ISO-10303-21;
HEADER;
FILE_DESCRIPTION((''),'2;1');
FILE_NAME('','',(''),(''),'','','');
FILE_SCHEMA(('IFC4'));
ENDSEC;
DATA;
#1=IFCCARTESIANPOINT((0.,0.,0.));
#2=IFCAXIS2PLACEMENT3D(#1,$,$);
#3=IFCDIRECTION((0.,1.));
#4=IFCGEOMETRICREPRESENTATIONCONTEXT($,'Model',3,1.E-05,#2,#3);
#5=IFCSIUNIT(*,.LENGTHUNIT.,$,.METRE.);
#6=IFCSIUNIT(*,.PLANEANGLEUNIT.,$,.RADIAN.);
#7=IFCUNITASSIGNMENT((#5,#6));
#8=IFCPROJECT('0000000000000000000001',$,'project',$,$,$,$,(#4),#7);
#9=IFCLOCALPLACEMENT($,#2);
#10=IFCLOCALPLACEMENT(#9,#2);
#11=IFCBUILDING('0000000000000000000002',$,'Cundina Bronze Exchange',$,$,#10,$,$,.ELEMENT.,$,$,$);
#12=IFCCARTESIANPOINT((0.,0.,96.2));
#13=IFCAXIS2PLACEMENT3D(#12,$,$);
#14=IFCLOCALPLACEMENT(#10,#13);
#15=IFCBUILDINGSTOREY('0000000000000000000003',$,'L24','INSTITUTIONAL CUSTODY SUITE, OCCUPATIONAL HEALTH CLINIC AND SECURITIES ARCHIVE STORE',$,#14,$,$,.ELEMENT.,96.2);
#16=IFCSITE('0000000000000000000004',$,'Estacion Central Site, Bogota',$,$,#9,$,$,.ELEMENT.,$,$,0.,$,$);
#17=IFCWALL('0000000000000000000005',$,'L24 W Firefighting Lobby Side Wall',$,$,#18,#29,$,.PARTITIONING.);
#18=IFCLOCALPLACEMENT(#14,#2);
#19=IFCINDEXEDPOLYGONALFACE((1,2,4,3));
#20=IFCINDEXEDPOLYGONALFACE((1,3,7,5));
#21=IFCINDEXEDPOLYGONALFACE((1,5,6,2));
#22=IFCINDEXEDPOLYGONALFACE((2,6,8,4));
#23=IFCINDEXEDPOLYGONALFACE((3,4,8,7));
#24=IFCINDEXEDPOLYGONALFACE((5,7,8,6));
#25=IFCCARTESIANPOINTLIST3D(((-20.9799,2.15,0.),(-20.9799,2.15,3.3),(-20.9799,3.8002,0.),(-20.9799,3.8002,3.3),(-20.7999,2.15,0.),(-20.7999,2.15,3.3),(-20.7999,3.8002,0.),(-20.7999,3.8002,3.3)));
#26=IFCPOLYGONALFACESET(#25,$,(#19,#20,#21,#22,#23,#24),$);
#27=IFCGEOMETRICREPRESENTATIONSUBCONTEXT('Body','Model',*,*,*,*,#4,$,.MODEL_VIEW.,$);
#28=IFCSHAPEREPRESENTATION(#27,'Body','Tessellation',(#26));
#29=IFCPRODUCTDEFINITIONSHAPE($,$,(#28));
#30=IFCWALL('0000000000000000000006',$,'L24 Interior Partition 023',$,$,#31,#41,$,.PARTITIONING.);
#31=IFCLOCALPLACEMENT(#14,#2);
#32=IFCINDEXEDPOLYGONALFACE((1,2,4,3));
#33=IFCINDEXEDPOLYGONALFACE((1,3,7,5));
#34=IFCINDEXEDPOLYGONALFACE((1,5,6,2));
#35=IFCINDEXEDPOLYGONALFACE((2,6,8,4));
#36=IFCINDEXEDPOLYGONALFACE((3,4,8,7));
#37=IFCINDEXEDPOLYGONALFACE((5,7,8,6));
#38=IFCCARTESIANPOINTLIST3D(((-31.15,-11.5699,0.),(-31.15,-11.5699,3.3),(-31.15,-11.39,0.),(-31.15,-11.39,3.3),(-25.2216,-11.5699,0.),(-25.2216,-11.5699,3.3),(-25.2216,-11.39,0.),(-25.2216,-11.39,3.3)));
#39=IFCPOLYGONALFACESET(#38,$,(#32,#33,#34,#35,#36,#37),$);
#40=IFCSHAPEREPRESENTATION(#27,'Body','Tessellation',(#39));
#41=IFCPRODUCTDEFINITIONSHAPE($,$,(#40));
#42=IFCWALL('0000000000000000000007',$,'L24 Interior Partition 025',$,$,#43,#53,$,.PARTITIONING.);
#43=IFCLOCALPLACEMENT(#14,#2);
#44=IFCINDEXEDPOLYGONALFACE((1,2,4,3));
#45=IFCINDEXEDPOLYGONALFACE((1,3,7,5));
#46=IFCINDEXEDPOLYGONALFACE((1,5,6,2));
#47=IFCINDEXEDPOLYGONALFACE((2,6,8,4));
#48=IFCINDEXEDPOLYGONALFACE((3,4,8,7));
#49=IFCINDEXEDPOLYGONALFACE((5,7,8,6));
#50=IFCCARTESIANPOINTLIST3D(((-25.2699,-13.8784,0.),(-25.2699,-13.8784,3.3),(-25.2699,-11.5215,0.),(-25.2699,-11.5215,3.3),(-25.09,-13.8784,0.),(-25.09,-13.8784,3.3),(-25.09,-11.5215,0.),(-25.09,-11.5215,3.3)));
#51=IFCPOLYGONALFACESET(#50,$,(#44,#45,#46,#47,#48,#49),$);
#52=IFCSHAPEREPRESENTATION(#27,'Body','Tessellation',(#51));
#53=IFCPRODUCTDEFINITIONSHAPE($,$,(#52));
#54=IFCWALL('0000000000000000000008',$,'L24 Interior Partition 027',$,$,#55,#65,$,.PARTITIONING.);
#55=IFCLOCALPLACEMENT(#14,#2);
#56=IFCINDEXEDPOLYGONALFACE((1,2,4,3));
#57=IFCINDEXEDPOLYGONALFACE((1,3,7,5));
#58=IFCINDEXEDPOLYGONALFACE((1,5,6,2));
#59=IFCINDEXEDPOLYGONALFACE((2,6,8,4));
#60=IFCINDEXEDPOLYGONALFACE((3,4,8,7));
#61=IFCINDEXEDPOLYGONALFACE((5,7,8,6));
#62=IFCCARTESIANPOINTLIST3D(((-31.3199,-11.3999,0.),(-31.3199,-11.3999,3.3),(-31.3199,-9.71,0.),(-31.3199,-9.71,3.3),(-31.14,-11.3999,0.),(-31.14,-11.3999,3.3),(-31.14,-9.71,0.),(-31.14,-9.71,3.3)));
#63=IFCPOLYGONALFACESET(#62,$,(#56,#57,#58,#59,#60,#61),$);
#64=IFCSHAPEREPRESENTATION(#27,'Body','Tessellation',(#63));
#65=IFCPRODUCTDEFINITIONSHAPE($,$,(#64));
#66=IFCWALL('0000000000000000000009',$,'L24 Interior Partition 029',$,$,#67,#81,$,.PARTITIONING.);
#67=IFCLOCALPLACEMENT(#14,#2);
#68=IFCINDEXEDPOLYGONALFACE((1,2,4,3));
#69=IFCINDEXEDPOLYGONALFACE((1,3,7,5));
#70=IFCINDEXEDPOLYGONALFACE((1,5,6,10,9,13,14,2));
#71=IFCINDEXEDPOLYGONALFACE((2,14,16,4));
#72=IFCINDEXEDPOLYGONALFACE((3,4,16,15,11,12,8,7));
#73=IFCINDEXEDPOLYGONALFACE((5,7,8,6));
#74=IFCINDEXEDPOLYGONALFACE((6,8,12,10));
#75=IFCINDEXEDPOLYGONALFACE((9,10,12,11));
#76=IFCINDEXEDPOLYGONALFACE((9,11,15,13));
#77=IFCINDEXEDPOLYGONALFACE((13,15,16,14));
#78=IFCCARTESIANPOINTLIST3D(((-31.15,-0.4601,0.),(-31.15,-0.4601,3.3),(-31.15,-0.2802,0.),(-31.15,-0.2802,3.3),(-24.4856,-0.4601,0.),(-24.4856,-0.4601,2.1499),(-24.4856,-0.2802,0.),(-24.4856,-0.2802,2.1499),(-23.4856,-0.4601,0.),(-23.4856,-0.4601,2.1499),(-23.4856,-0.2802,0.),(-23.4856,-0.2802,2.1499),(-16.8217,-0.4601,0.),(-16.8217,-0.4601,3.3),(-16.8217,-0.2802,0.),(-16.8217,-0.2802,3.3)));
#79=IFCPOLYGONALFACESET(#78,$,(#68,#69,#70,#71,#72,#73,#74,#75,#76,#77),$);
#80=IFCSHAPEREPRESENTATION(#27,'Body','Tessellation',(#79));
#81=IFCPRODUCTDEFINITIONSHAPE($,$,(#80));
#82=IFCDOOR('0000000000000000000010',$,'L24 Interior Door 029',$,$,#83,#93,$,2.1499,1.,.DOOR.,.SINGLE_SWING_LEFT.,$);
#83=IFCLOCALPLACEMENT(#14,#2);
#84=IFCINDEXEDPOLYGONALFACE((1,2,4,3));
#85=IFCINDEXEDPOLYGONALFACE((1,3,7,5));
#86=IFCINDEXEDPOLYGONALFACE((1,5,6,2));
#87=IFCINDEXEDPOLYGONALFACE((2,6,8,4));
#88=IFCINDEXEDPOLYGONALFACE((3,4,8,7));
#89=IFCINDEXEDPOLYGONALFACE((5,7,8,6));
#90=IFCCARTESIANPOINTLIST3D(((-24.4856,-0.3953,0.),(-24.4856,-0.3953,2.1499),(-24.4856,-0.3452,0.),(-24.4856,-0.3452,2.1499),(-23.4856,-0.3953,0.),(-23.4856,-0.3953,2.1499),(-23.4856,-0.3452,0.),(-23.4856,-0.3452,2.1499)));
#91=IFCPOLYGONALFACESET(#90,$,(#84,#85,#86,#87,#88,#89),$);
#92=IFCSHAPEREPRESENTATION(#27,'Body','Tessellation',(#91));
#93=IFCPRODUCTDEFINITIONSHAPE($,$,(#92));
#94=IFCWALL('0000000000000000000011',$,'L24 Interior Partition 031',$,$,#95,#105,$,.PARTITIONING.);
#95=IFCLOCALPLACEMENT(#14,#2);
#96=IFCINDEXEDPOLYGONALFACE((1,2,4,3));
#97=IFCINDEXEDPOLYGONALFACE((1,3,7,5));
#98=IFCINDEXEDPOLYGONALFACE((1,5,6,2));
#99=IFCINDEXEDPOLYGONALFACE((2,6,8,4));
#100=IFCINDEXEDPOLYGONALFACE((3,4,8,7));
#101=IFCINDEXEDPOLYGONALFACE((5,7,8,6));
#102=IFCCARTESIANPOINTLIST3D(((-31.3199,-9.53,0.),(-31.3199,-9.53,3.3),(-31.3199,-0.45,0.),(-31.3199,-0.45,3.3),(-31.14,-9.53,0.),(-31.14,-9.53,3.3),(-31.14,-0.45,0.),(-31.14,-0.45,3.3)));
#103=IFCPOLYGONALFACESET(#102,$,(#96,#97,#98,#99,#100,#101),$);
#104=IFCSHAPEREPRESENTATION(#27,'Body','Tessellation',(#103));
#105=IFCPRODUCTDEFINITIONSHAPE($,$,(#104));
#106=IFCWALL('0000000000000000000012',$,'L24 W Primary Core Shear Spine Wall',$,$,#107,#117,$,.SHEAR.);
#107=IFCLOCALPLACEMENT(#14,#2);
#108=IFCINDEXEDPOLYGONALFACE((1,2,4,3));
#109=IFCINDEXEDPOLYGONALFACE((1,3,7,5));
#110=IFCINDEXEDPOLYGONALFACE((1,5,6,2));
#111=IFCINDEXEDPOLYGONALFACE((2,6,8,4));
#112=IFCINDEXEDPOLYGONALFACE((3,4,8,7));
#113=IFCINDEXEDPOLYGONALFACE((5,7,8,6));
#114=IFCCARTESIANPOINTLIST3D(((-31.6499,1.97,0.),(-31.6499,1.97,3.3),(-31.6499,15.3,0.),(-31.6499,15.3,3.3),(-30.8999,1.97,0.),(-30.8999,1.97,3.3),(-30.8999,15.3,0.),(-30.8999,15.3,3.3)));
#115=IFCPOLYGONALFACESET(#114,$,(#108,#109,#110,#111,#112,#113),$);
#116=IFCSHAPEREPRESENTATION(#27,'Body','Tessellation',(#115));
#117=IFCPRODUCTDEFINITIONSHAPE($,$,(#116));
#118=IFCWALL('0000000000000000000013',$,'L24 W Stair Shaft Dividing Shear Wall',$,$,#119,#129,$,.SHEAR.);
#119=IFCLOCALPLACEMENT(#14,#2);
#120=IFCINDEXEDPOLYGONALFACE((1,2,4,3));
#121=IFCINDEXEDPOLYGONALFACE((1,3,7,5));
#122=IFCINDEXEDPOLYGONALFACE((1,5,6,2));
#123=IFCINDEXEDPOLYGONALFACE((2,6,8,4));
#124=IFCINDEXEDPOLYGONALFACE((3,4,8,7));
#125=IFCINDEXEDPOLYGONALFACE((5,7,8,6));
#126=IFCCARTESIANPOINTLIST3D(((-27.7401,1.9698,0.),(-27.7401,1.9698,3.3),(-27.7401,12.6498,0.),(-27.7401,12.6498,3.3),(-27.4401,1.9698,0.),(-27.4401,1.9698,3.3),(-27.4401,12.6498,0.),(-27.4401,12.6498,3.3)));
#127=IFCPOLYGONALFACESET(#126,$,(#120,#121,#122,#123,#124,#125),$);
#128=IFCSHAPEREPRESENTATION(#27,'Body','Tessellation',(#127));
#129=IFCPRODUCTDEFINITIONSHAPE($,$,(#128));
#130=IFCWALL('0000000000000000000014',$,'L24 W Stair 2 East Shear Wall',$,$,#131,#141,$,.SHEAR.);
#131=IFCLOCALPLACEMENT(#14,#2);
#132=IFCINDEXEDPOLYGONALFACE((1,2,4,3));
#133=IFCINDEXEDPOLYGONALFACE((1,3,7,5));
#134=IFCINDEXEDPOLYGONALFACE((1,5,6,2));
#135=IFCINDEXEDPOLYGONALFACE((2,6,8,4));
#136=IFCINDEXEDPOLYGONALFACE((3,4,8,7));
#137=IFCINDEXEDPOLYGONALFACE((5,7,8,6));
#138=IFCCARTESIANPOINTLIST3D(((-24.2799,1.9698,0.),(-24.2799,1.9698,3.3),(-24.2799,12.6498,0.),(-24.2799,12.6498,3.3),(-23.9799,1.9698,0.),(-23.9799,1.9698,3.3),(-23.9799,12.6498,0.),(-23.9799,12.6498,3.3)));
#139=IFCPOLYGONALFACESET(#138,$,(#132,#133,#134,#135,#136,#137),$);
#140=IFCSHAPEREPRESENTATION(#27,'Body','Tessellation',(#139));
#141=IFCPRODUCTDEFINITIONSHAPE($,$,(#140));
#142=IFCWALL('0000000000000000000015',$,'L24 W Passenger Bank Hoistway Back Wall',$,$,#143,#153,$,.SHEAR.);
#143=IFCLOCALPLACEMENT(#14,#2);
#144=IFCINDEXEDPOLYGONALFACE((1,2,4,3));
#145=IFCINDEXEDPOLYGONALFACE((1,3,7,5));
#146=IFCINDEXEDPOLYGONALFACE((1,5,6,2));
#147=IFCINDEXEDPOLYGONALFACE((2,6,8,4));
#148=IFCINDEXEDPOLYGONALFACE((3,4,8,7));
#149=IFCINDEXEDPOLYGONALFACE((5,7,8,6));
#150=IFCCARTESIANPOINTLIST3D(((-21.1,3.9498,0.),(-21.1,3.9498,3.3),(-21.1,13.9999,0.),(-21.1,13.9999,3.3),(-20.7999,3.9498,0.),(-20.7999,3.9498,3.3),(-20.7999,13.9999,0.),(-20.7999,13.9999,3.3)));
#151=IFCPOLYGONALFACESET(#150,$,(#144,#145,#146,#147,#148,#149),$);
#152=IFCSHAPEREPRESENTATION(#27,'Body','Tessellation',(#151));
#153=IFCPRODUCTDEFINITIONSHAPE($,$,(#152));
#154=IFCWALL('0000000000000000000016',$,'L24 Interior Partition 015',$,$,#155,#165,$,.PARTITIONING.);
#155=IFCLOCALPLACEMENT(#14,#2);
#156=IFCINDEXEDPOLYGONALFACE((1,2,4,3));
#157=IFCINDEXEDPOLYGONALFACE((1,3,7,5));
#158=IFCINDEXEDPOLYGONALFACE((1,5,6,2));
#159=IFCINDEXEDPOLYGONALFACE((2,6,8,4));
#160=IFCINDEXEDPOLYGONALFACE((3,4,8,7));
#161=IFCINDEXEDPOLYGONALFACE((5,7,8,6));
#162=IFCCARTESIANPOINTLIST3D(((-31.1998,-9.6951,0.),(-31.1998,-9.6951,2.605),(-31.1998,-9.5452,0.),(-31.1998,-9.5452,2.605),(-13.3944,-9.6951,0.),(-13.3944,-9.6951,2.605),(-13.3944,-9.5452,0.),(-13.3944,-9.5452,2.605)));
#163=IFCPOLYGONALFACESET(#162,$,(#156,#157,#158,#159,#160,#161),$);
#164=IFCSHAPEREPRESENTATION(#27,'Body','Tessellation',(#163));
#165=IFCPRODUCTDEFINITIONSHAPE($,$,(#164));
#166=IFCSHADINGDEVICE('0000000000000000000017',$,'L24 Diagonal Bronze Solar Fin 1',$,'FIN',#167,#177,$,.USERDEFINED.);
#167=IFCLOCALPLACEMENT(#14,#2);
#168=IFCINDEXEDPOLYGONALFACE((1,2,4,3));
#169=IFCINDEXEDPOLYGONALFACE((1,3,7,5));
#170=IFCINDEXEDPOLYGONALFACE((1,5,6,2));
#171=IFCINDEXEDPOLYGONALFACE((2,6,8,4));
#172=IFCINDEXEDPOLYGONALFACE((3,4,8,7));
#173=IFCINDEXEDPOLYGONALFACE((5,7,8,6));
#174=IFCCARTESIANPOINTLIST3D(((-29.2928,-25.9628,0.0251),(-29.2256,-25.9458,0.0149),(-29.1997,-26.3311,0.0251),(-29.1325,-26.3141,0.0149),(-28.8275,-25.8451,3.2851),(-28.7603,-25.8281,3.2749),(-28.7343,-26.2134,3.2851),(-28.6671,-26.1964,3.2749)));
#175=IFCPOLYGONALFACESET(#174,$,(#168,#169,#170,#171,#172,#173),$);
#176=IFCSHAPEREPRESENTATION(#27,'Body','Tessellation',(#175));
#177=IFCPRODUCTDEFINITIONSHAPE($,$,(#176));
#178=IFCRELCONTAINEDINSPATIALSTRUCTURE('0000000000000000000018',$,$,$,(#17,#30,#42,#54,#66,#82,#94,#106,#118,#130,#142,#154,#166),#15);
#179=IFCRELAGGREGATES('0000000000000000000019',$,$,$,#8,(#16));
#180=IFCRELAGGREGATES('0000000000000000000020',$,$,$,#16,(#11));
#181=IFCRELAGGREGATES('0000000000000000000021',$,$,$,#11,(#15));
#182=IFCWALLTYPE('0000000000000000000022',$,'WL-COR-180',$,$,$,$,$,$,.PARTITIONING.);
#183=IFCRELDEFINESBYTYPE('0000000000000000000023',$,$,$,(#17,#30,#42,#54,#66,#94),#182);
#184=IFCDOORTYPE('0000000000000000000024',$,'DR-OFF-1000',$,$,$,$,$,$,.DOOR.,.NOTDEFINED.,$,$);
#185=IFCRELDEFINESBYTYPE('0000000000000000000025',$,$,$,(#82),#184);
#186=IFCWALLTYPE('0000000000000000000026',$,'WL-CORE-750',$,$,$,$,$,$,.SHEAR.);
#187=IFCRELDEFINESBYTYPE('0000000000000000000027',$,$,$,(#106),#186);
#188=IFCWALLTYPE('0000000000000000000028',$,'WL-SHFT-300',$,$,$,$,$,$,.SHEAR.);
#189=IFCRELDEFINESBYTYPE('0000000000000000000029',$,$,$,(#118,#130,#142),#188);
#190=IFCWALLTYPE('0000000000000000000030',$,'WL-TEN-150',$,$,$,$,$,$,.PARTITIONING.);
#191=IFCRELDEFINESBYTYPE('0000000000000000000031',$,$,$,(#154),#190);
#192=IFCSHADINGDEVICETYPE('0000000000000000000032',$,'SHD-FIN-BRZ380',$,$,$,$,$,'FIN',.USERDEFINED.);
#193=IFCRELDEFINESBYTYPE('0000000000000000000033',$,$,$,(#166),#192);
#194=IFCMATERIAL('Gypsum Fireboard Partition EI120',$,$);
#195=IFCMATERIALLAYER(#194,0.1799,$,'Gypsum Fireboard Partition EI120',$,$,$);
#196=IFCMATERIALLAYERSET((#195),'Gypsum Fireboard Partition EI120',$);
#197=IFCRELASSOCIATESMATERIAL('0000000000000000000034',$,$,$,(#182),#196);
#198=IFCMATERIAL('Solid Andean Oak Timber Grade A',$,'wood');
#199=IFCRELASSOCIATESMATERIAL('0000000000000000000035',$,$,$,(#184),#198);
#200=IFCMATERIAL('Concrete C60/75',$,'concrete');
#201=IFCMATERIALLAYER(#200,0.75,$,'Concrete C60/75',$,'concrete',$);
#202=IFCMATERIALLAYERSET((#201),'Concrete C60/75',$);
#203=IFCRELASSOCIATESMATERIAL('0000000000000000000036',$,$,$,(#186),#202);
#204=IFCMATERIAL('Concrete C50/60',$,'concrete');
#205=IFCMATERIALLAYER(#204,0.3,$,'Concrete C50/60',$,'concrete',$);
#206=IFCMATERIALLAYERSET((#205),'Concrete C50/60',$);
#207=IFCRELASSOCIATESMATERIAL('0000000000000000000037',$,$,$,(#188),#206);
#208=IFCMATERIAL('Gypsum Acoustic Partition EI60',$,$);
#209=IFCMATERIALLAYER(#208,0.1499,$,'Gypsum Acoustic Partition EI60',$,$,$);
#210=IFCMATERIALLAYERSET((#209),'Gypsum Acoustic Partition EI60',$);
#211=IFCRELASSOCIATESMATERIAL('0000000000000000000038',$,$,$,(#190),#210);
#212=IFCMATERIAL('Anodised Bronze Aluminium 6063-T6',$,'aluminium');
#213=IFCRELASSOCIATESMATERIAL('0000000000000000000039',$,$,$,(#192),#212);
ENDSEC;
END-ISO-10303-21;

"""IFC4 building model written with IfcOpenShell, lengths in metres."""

from ifc_helpers import new_model, si_unit, direction, frame, frame_2d, origin, origin_2d, place, context, subcontext, project, spatial, rectangle, extrude, material, layer, layer_set, material_profile, profile_set, type_object, element, fill, save


model = new_model("IFC4")

# Units and contexts
model_context = context("Model", 3, precision=1e-05, world=origin(), true_north=direction((0.0, 1.0)))
body_context = subcontext(model_context, "Body", "Model", "MODEL_VIEW")
ifc_project = project(units=[si_unit("LENGTHUNIT", "METRE"), si_unit("PLANEANGLEUNIT", "RADIAN")], contexts=[model_context])

# Site, building, storey
site_placement = place(None, origin())
site = spatial("IfcSite", under=ifc_project, at=site_placement, Name="Estacion Central Site, Bogota", CompositionType="ELEMENT", RefElevation=0.0)
building_placement = place(site_placement, origin())
building = spatial("IfcBuilding", under=site, at=building_placement, Name="Cundina Bronze Exchange", CompositionType="ELEMENT")
storey_placement = place(building_placement, frame((0.0, 0.0, 96.2)))
storey = spatial("IfcBuildingStorey", under=building, at=storey_placement, Name="L24", Description="INSTITUTIONAL CUSTODY SUITE, OCCUPATIONAL HEALTH CLINIC AND SECURITIES ARCHIVE STORE", CompositionType="ELEMENT", Elevation=96.2)

# Shared definitions
ifc_material_1 = material(Name="Concrete C60/75", Category="concrete")

# Shared definitions
ifc_material_2 = material(Name="Anodised Bronze Aluminium 6063-T6", Category="aluminium")

# Wall
ifc_material_3 = material(Name="Gypsum Fireboard Partition EI120")
ifc_layer_1 = layer(ifc_material_3, 0.1799, Name="Gypsum Fireboard Partition EI120")
ifc_layer_set_1 = layer_set([ifc_layer_1], Name="Gypsum Fireboard Partition EI120")
wall_type_1 = type_object("IfcWallType", Name="WL-COR-180", PredefinedType="PARTITIONING", material=ifc_layer_set_1)
wall_1_placement = place(storey_placement, frame((-20.8899, 2.1499, 0.0), z_axis=(0.0, 0.0, 1.0), x_axis=(0.0, 1.0, 0.0)))
element("IfcWall", 1, at=wall_1_placement, inside=storey, type_object=wall_type_1, Name="L24 W Firefighting Lobby Side Wall", PredefinedType="PARTITIONING", context=body_context, shape_type="SweptSolid", body=[
    extrude(rectangle(XDim=1.6501, YDim=0.1799, at=frame_2d((0.8252, 0.0))), origin(), (0.0, 0.0, 1.0), 3.3),
])

# Walls
wall_2_placement = place(storey_placement, frame((-25.2214, -11.48, 0.0), z_axis=(0.0, 0.0, 1.0), x_axis=(-1.0, 0.0, 0.0)))
element("IfcWall", 2, at=wall_2_placement, inside=storey, type_object=wall_type_1, Name="L24 Interior Partition 023", PredefinedType="PARTITIONING", context=body_context, shape_type="SweptSolid", body=[
    extrude(rectangle(XDim=5.9285, YDim=0.1799, at=frame_2d((2.9644, 0.0))), origin(), (0.0, 0.0, 1.0), 3.3),
])
wall_3_placement = place(storey_placement, frame((-25.1799, -13.8784, 0.0), z_axis=(0.0, 0.0, 1.0), x_axis=(0.0, 1.0, 0.0)))
element("IfcWall", 3, at=wall_3_placement, inside=storey, type_object=wall_type_1, Name="L24 Interior Partition 025", PredefinedType="PARTITIONING", context=body_context, shape_type="SweptSolid", body=[
    extrude(rectangle(XDim=2.3569, YDim=0.1799, at=frame_2d((1.1785, 0.0))), origin(), (0.0, 0.0, 1.0), 3.3),
])
wall_4_placement = place(storey_placement, frame((-31.23, -11.3999, 0.0), z_axis=(0.0, 0.0, 1.0), x_axis=(0.0, 1.0, 0.0)))
element("IfcWall", 4, at=wall_4_placement, inside=storey, type_object=wall_type_1, Name="L24 Interior Partition 027", PredefinedType="PARTITIONING", context=body_context, shape_type="SweptSolid", body=[
    extrude(rectangle(XDim=1.6899, YDim=0.1799, at=frame_2d((0.845, 0.0))), origin(), (0.0, 0.0, 1.0), 3.3),
])

# Wall, opening, door
wall_5_placement = place(storey_placement, frame((-31.1499, -0.3701, 0.0), z_axis=(0.0, 0.0, 1.0), x_axis=(1.0, 0.0, 0.0)))
wall_5 = element("IfcWall", 5, at=wall_5_placement, inside=storey, type_object=wall_type_1, Name="L24 Interior Partition 029", PredefinedType="PARTITIONING", context=body_context, shape_type="SweptSolid", body=[
    extrude(rectangle(XDim=14.3284, YDim=0.1799, at=frame_2d((7.1641, 0.0))), origin(), (0.0, 0.0, 1.0), 3.3),
])
opening_1_placement = place(wall_5_placement, frame((6.6643, 0.0, 0.0)))
opening_1 = element("IfcOpeningElement", 6, at=opening_1_placement, cuts=wall_5, PredefinedType="OPENING", context=body_context, shape_type="SweptSolid", body=[
    extrude(rectangle(XDim=1.0, YDim=2.1499, at=frame_2d((0.5, 1.075))), frame((0.0, 0.0999, 0.0), z_axis=(0.0, -1.0, 0.0), x_axis=(1.0, 0.0, 0.0)), (0.0, 0.0, 1.0), 0.2),
])
ifc_material_4 = material(Name="Solid Andean Oak Timber Grade A", Category="wood")
door_type_1 = type_object("IfcDoorType", Name="DR-OFF-1000", OperationType="NOTDEFINED", PredefinedType="DOOR", material=ifc_material_4)
door_1_placement = place(opening_1_placement, origin())
door_1 = element("IfcDoor", 7, at=door_1_placement, inside=storey, type_object=door_type_1, Name="L24 Interior Door 029", OperationType="SINGLE_SWING_LEFT", OverallHeight=2.1499, OverallWidth=1.0, PredefinedType="DOOR", context=body_context, shape_type="SweptSolid", body=[
    extrude(rectangle(XDim=1.0, YDim=2.1499, at=frame_2d((0.5, 1.075))), frame((0.0, 0.0249, 0.0), z_axis=(0.0, -1.0, 0.0), x_axis=(1.0, 0.0, 0.0)), (0.0, 0.0, 1.0), 0.05),
])
fill(opening_1, door_1)

# Walls
wall_6_placement = place(storey_placement, frame((-31.23, -9.53, 0.0), z_axis=(0.0, 0.0, 1.0), x_axis=(0.0, 1.0, 0.0)))
element("IfcWall", 8, at=wall_6_placement, inside=storey, type_object=wall_type_1, Name="L24 Interior Partition 031", PredefinedType="PARTITIONING", context=body_context, shape_type="SweptSolid", body=[
    extrude(rectangle(XDim=9.0801, YDim=0.1799, at=frame_2d((4.54, 0.0))), origin(), (0.0, 0.0, 1.0), 3.3),
])
ifc_layer_2 = layer(ifc_material_1, 0.75, Name="Concrete C60/75", Category="concrete")
ifc_layer_set_2 = layer_set([ifc_layer_2], Name="Concrete C60/75")
wall_type_2 = type_object("IfcWallType", Name="WL-CORE-750", PredefinedType="SHEAR", material=ifc_layer_set_2)
wall_7_placement = place(storey_placement, frame((-31.2749, 1.97, 0.0), z_axis=(0.0, 0.0, 1.0), x_axis=(0.0, 1.0, 0.0)))
element("IfcWall", 9, at=wall_7_placement, inside=storey, type_object=wall_type_2, Name="L24 W Primary Core Shear Spine Wall", PredefinedType="SHEAR", context=body_context, shape_type="SweptSolid", body=[
    extrude(rectangle(XDim=13.3301, YDim=0.75, at=frame_2d((6.665, 0.0))), origin(), (0.0, 0.0, 1.0), 3.3),
])
ifc_material_5 = material(Name="Concrete C50/60", Category="concrete")
ifc_layer_3 = layer(ifc_material_5, 0.3, Name="Concrete C50/60", Category="concrete")
ifc_layer_set_3 = layer_set([ifc_layer_3], Name="Concrete C50/60")
wall_type_3 = type_object("IfcWallType", Name="WL-SHFT-300", PredefinedType="SHEAR", material=ifc_layer_set_3)
for number, where, z_axis, x_axis, name in (
    (10, (-27.5901, 1.97, 0.0), (0.0, 0.0, 1.0), (0.0, 1.0, 0.0), "L24 W Stair Shaft Dividing Shear Wall"),
    (11, (-24.1299, 1.97, 0.0), (0.0, 0.0, 1.0), (0.0, 1.0, 0.0), "L24 W Stair 2 East Shear Wall"),
):
    element("IfcWall", number, at=place(storey_placement, frame(where, z_axis=z_axis, x_axis=x_axis)), inside=storey, type_object=wall_type_3, Name=name, PredefinedType="SHEAR", context=body_context, shape_type="SweptSolid", body=[
        extrude(rectangle(XDim=10.6799, YDim=0.3, at=frame_2d((5.3398, 0.0))), origin(), (0.0, 0.0, 1.0), 3.3),
    ])
wall_8_placement = place(storey_placement, frame((-20.95, 3.95, 0.0), z_axis=(0.0, 0.0, 1.0), x_axis=(0.0, 1.0, 0.0)))
element("IfcWall", 12, at=wall_8_placement, inside=storey, type_object=wall_type_3, Name="L24 W Passenger Bank Hoistway Back Wall", PredefinedType="SHEAR", context=body_context, shape_type="SweptSolid", body=[
    extrude(rectangle(XDim=10.05, YDim=0.3, at=frame_2d((5.0249, 0.0))), origin(), (0.0, 0.0, 1.0), 3.3),
])
ifc_material_6 = material(Name="Gypsum Acoustic Partition EI60")
ifc_layer_4 = layer(ifc_material_6, 0.1499, Name="Gypsum Acoustic Partition EI60")
ifc_layer_set_4 = layer_set([ifc_layer_4], Name="Gypsum Acoustic Partition EI60")
wall_type_4 = type_object("IfcWallType", Name="WL-TEN-150", PredefinedType="PARTITIONING", material=ifc_layer_set_4)
wall_9_placement = place(storey_placement, frame((-31.2, -9.6201, 0.0), z_axis=(0.0, 0.0, 1.0), x_axis=(1.0, 0.0, 0.0)))
element("IfcWall", 13, at=wall_9_placement, inside=storey, type_object=wall_type_4, Name="L24 Interior Partition 015", PredefinedType="PARTITIONING", context=body_context, shape_type="SweptSolid", body=[
    extrude(rectangle(XDim=17.8054, YDim=0.1499, at=frame_2d((8.9028, 0.0))), origin(), (0.0, 0.0, 1.0), 2.605),
])

# Shading device
ifc_material_profile_1 = material_profile(ifc_material_2, rectangle(XDim=0.0701, YDim=0.3799, at=origin_2d()), Name="FIN70X380", Category="aluminium")
ifc_profile_set_1 = profile_set([ifc_material_profile_1], Name="Anodised Bronze Aluminium 6063-T6")
shading_device_type = type_object("IfcShadingDeviceType", Name="SHD-FIN-BRZ380", ElementType="FIN", PredefinedType="USERDEFINED", material=ifc_profile_set_1)
shading_device_placement = place(storey_placement, frame((-29.2126, -26.1384, 0.02), z_axis=(0.141217, 0.035712, 0.989334), x_axis=(-0.959141, -0.242553, 0.145663)))
element("IfcShadingDevice", 14, at=shading_device_placement, inside=storey, type_object=shading_device_type, Name="L24 Diagonal Bronze Solar Fin 1", ObjectType="FIN", PredefinedType="USERDEFINED", context=body_context, shape_type="SweptSolid", body=[
    extrude(rectangle(XDim=0.0701, YDim=0.3799, at=origin_2d()), origin(), (0.0, 0.0, 1.0), 3.2952),
])

save(model, "model.ifc")
